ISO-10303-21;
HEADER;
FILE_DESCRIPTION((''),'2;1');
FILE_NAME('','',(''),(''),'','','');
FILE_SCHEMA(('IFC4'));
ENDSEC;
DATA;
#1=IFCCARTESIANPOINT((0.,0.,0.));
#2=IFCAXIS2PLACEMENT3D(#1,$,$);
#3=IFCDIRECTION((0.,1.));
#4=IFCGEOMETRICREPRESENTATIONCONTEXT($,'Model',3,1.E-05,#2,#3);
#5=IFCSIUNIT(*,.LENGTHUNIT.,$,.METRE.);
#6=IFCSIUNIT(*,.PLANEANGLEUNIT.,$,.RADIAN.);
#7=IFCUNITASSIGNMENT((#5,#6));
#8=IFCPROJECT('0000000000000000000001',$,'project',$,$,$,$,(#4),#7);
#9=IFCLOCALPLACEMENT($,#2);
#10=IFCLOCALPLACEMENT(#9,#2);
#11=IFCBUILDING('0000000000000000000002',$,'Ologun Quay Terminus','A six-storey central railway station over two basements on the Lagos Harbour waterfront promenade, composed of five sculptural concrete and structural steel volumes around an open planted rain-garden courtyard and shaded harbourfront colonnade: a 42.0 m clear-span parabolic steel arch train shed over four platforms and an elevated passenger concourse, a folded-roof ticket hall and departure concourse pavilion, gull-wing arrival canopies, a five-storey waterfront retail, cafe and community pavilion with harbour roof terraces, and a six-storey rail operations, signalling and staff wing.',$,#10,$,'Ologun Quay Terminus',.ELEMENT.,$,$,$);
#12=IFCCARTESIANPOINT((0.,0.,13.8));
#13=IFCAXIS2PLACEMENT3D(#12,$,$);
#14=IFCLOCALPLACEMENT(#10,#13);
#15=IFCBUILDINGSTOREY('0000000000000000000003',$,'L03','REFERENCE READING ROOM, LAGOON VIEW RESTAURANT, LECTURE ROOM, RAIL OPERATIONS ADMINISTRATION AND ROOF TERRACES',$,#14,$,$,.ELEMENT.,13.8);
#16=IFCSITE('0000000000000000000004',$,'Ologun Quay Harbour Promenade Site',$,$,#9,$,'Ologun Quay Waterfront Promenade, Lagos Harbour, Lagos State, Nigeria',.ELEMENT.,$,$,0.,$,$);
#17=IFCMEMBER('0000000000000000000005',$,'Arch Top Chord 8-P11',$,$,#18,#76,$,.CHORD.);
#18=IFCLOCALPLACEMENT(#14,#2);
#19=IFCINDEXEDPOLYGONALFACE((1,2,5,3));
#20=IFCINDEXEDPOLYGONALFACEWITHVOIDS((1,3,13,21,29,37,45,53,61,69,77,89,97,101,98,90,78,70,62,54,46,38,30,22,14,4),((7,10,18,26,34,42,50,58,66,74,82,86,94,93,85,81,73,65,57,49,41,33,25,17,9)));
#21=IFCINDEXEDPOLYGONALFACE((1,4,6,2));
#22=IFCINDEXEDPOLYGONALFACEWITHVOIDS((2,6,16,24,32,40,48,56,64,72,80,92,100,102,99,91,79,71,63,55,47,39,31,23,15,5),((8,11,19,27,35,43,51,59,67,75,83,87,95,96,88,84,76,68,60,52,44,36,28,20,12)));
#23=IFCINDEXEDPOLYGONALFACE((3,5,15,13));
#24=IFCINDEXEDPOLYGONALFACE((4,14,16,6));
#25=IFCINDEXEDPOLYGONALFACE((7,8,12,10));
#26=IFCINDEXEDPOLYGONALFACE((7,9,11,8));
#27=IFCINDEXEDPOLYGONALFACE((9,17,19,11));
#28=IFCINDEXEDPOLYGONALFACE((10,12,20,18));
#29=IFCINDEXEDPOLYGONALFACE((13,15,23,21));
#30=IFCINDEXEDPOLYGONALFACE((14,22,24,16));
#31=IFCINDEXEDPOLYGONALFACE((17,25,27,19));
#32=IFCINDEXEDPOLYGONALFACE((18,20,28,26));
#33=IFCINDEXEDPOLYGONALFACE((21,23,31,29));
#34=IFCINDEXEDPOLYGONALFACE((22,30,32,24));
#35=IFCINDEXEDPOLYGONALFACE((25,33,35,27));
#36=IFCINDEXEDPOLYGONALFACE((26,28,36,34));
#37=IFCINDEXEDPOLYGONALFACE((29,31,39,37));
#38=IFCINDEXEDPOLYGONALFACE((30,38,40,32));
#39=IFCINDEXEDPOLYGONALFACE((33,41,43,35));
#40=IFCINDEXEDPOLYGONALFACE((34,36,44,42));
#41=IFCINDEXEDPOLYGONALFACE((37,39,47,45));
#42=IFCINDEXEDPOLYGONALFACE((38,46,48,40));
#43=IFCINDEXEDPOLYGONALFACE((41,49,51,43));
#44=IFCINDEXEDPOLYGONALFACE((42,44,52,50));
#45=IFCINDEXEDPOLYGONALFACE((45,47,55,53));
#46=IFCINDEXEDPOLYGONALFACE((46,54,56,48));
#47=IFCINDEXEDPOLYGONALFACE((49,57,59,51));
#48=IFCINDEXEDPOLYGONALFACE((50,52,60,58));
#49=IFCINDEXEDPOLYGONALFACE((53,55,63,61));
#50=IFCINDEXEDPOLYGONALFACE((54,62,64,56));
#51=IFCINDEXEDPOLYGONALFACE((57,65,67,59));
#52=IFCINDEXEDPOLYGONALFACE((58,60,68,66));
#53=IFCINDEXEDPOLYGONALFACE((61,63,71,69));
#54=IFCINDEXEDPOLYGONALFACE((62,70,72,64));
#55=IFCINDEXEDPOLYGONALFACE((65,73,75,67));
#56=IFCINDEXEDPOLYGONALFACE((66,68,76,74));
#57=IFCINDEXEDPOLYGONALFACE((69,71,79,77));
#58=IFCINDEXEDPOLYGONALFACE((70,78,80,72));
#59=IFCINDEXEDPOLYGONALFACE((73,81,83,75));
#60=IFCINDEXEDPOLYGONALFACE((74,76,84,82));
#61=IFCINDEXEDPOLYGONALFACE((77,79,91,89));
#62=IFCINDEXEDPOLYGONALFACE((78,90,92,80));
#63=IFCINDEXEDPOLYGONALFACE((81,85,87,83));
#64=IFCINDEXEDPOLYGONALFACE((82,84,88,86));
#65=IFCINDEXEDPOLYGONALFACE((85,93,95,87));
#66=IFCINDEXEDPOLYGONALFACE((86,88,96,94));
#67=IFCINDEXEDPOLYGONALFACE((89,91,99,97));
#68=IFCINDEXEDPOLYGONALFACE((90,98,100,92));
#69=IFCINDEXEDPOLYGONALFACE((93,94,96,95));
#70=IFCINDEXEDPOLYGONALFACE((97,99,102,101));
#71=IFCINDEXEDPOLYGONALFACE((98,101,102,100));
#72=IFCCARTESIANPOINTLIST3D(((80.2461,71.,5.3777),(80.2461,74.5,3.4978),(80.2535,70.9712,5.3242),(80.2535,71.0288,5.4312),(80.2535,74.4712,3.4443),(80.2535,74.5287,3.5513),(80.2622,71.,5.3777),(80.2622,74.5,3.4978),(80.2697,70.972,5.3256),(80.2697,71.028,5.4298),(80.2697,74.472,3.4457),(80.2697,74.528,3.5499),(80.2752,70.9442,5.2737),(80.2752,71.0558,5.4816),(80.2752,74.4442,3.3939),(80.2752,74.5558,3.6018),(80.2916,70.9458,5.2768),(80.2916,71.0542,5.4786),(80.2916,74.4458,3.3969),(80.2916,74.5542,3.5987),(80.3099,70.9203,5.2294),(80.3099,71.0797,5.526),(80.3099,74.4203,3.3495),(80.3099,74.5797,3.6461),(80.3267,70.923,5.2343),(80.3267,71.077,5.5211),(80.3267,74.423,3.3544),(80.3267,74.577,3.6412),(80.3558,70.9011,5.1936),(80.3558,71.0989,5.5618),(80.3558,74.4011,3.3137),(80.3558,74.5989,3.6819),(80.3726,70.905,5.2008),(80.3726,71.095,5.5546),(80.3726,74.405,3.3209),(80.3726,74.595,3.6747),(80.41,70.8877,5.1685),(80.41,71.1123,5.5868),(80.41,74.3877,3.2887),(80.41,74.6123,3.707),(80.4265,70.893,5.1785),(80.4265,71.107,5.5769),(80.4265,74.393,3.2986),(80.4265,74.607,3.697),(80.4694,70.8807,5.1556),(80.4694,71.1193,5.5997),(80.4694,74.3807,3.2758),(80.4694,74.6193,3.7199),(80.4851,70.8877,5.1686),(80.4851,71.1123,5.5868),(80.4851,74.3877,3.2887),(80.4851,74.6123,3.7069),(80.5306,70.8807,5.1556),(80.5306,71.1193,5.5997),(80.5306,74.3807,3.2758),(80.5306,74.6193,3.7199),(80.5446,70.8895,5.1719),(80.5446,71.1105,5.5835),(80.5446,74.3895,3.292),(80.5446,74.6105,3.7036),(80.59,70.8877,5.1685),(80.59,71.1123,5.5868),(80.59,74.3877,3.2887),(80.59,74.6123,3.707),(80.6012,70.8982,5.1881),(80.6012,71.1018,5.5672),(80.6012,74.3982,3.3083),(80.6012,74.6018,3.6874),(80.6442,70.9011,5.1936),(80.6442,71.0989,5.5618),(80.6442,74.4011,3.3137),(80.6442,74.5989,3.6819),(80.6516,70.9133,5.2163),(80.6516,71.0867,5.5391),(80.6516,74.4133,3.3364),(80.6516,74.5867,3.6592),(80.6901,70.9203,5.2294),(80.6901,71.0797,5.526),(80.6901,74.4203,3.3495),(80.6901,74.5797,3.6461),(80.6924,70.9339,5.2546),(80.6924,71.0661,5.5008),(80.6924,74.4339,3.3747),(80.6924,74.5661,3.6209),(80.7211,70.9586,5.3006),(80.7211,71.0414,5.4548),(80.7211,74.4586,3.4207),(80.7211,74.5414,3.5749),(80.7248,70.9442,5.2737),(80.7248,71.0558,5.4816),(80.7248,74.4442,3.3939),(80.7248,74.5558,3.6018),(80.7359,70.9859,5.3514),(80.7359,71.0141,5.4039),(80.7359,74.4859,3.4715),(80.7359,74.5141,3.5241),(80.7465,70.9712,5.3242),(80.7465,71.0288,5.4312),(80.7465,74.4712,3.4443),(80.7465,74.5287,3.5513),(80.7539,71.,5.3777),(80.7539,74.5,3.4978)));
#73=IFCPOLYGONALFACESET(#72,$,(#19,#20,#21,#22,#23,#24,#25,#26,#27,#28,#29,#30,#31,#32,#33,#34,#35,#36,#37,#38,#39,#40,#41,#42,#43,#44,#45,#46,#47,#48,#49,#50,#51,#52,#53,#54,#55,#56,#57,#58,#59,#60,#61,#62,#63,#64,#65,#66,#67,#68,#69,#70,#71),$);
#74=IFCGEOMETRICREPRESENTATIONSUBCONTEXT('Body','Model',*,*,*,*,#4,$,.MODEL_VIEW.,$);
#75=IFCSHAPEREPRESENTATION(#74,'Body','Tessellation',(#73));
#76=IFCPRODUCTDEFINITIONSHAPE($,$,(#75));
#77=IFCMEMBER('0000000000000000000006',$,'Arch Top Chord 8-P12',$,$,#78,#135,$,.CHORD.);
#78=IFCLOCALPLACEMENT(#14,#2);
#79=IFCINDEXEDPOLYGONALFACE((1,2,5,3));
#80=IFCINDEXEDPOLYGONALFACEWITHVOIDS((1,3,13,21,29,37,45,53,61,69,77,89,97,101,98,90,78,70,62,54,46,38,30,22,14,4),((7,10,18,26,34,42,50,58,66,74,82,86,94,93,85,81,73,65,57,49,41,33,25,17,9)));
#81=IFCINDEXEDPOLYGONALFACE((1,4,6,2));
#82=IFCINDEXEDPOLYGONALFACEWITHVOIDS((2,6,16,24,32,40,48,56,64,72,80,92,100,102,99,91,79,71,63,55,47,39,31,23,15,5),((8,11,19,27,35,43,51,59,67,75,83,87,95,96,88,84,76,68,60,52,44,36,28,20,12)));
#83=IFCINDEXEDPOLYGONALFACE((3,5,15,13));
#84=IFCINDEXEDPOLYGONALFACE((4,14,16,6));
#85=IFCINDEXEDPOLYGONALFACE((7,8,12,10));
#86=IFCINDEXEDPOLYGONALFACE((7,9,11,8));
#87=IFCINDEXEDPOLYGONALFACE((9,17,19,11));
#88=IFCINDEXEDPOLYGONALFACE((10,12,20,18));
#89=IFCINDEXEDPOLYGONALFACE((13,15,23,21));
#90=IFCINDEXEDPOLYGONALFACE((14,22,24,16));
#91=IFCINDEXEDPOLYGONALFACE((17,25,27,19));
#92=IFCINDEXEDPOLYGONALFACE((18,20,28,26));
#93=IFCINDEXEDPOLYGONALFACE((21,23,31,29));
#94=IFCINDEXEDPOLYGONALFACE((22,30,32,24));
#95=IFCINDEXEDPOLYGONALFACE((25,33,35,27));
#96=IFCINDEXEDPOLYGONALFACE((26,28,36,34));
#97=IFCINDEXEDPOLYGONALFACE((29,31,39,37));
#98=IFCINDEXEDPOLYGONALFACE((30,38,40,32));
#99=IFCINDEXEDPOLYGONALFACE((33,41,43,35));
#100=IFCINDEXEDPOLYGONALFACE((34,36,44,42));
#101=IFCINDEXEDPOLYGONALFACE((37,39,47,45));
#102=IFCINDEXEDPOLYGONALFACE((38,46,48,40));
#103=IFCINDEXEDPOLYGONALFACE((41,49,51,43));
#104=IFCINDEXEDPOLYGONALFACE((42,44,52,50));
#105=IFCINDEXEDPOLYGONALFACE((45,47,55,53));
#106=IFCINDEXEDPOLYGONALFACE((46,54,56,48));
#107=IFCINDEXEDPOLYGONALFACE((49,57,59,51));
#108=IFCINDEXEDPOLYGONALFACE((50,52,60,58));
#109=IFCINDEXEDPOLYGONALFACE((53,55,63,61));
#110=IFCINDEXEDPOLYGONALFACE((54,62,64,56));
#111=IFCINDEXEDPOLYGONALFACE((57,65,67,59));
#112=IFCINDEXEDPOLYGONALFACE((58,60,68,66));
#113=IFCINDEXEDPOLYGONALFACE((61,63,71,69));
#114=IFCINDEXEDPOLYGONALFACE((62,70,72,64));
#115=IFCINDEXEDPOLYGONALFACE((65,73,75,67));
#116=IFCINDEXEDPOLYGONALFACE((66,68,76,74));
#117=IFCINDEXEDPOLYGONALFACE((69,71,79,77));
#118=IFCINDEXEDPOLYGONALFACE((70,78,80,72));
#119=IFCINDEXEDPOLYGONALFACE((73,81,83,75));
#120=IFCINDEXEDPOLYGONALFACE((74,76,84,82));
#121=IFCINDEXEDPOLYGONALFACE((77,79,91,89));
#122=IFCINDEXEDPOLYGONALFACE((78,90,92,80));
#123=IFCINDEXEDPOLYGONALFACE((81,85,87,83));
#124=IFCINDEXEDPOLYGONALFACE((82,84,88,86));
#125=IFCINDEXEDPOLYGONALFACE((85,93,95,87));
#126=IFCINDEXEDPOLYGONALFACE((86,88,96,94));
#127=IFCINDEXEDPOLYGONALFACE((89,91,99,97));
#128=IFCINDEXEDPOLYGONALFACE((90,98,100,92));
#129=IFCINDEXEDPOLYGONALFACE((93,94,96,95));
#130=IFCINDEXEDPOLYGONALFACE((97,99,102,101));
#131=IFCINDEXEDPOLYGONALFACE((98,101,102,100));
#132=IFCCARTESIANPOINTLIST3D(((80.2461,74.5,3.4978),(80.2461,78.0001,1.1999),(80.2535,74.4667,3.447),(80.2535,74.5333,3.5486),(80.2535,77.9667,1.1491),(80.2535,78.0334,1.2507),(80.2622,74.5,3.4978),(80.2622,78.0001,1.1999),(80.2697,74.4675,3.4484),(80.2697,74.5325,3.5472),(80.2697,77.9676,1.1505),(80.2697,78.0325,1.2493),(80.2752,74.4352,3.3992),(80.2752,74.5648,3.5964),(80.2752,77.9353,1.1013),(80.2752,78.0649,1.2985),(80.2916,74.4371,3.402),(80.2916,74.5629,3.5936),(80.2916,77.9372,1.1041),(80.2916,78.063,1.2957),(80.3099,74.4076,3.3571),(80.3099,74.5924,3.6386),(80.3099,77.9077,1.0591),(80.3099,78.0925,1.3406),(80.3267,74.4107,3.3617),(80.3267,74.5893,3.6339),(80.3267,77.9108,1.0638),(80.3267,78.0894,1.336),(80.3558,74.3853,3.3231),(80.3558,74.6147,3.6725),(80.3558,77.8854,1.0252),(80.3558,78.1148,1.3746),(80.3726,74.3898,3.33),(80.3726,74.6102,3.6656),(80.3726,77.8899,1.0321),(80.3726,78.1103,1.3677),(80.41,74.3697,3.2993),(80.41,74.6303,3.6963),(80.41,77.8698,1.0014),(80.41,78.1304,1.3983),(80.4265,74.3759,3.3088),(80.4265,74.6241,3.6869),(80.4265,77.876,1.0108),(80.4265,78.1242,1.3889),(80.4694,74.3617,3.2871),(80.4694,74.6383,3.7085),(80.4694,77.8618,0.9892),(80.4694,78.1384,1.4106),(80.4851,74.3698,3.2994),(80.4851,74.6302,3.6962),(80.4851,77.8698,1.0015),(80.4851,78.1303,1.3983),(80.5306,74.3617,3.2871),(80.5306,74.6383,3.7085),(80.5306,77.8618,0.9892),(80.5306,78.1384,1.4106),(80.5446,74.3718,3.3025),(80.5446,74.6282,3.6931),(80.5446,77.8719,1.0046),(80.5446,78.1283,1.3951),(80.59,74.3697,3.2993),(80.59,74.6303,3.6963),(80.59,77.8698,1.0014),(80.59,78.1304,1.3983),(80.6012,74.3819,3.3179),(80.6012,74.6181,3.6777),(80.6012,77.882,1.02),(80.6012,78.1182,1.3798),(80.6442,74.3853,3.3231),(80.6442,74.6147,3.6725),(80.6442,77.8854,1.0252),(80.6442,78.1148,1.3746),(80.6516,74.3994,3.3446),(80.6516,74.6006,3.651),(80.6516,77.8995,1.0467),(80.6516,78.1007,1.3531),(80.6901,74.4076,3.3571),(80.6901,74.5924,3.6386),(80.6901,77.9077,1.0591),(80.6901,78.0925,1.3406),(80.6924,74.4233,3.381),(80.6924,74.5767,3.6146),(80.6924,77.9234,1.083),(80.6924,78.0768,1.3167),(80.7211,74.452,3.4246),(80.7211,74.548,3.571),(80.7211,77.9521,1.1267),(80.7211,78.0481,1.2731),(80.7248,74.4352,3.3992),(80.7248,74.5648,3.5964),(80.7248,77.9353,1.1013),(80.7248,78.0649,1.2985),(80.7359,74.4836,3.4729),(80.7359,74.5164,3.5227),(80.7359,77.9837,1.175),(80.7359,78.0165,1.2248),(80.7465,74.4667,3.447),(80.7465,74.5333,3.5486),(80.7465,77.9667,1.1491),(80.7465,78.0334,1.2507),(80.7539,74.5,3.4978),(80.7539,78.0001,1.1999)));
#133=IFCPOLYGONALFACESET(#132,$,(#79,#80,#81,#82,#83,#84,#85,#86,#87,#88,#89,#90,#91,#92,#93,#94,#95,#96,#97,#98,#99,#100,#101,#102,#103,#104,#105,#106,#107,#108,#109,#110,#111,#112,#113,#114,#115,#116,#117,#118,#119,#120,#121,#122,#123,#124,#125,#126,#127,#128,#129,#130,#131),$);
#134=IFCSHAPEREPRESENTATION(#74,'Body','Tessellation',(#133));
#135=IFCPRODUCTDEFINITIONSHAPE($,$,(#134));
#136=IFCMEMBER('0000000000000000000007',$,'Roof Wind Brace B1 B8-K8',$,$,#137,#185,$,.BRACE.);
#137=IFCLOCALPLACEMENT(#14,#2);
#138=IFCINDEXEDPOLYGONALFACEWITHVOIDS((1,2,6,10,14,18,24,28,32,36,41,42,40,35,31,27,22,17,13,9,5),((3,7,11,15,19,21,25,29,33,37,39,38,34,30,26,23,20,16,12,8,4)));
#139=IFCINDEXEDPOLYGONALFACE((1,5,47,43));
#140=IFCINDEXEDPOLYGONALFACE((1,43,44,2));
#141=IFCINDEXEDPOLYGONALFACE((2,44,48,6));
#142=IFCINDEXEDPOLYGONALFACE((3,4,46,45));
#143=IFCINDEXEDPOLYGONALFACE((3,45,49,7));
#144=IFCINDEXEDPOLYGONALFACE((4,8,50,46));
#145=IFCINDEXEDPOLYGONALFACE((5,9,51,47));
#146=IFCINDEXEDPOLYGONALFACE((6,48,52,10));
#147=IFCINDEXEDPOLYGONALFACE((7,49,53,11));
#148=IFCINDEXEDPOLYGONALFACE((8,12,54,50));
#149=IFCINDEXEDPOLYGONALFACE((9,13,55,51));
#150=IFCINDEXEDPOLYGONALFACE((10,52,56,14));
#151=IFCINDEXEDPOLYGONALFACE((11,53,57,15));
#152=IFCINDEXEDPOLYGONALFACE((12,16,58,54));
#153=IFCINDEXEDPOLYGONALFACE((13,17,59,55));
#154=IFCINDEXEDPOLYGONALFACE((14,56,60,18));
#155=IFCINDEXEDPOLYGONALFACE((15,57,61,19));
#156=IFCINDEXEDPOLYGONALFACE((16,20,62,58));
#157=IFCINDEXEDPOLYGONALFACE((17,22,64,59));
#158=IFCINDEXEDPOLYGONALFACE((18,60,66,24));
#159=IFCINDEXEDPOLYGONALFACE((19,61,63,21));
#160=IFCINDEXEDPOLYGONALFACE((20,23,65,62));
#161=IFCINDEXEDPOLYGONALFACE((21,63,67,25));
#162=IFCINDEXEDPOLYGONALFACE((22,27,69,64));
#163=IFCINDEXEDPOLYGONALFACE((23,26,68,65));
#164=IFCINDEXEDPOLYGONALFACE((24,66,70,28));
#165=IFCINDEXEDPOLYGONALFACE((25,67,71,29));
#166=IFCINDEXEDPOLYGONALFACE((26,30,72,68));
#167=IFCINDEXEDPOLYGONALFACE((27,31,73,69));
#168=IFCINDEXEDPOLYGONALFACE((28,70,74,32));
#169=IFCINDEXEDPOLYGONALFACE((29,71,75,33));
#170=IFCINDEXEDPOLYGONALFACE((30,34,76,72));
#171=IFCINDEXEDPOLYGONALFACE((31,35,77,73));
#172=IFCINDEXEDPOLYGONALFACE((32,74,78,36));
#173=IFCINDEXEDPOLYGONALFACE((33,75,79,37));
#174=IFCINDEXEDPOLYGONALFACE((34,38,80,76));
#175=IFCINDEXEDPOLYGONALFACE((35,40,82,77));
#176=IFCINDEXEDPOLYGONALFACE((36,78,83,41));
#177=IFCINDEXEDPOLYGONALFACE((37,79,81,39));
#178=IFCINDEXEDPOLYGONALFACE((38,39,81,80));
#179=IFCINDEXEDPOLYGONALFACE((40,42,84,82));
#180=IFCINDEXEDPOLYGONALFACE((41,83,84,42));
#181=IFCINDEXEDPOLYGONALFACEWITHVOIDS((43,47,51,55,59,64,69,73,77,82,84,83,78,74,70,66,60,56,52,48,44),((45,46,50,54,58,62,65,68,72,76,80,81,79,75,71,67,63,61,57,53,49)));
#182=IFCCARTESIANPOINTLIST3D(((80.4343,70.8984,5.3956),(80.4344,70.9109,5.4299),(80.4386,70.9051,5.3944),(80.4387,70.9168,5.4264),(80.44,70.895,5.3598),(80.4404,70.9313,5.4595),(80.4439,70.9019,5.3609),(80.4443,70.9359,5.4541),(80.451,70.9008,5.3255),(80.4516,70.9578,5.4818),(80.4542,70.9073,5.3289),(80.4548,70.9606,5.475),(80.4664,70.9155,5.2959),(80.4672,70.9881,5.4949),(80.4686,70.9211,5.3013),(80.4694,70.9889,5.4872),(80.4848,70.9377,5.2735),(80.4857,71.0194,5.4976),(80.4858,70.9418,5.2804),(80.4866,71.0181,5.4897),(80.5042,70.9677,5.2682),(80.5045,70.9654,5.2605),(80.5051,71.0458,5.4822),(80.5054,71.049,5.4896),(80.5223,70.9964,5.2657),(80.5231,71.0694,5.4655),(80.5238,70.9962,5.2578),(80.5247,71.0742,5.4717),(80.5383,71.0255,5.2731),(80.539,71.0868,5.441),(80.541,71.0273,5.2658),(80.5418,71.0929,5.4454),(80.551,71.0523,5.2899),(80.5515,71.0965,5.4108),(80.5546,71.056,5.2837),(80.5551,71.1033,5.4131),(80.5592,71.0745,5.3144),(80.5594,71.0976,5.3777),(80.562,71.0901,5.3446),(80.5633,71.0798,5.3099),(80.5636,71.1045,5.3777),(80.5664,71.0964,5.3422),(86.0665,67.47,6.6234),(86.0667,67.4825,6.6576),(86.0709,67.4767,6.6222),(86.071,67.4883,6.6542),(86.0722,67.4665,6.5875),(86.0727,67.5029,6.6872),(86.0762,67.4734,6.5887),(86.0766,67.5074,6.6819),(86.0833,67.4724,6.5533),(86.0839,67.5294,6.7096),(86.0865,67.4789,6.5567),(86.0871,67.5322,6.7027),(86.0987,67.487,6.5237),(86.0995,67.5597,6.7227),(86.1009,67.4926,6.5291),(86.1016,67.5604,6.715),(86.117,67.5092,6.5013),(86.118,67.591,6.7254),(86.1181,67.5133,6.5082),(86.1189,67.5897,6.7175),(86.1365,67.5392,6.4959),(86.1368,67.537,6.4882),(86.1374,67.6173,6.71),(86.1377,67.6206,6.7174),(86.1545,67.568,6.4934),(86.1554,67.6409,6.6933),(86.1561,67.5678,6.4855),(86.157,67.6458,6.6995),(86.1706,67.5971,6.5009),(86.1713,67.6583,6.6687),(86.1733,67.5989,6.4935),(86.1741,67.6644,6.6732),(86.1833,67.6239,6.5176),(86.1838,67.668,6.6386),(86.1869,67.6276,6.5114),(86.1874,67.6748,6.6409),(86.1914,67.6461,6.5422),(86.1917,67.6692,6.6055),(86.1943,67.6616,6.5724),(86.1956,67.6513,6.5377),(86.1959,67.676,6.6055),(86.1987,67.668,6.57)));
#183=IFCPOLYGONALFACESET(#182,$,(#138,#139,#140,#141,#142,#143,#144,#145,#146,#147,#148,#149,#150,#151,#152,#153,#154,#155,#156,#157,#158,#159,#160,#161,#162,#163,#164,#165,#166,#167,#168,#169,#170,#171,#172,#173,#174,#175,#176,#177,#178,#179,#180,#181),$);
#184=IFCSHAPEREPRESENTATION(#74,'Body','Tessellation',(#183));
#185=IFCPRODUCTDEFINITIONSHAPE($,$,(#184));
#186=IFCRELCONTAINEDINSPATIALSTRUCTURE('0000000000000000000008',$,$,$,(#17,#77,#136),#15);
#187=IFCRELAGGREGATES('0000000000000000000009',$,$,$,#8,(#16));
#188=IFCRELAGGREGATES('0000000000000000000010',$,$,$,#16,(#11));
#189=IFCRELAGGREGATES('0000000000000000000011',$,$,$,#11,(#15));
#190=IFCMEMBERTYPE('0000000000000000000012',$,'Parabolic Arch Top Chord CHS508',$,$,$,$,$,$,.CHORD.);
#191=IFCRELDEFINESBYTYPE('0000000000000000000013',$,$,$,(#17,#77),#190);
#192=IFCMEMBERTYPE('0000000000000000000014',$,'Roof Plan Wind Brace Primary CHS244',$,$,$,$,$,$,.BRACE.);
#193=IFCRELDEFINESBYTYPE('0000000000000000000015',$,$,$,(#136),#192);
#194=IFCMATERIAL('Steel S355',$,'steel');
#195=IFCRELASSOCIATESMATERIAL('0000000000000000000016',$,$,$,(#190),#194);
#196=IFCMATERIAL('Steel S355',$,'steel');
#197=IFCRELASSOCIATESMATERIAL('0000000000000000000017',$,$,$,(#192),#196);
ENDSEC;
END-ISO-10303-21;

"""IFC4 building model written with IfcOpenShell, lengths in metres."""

from ifc_helpers import new_model, si_unit, direction, frame, origin, origin_2d, place, context, subcontext, project, spatial, hollow_circle, extrude, material, material_profile, profile_set, type_object, element, save


model = new_model("IFC4")

# Units and contexts
model_context = context("Model", 3, precision=1e-05, world=origin(), true_north=direction((0.0, 1.0)))
body_context = subcontext(model_context, "Body", "Model", "MODEL_VIEW")
ifc_project = project(units=[si_unit("LENGTHUNIT", "METRE"), si_unit("PLANEANGLEUNIT", "RADIAN")], contexts=[model_context])

# Site, building, storey
site_placement = place(None, origin())
site = spatial("IfcSite", under=ifc_project, at=site_placement, Name="Ologun Quay Harbour Promenade Site", LongName="Ologun Quay Waterfront Promenade, Lagos Harbour, Lagos State, Nigeria", CompositionType="ELEMENT", RefElevation=0.0)
building_placement = place(site_placement, origin())
building = spatial("IfcBuilding", under=site, at=building_placement, Name="Ologun Quay Terminus", Description="A six-storey central railway station over two basements on the Lagos Harbour waterfront promenade, composed of five sculptural concrete and structural steel volumes around an open planted rain-garden courtyard and shaded harbourfront colonnade: a 42.0 m clear-span parabolic steel arch train shed over four platforms and an elevated passenger concourse, a folded-roof ticket hall and departure concourse pavilion, gull-wing arrival canopies, a five-storey waterfront retail, cafe and community pavilion with harbour roof terraces, and a six-storey rail operations, signalling and staff wing.", LongName="Ologun Quay Terminus", CompositionType="ELEMENT")
storey_placement = place(building_placement, frame((0.0, 0.0, 13.8)))
storey = spatial("IfcBuildingStorey", under=building, at=storey_placement, Name="L03", Description="REFERENCE READING ROOM, LAGOON VIEW RESTAURANT, LECTURE ROOM, RAIL OPERATIONS ADMINISTRATION AND ROOF TERRACES", CompositionType="ELEMENT", Elevation=13.8)

# Members
ifc_material_1 = material(Name="Steel S355", Category="steel")
ifc_material_profile_1 = material_profile(ifc_material_1, hollow_circle(Radius=0.2539, WallThickness=0.0161, at=origin_2d()), Name="CHS 508x16")
ifc_profile_set_1 = profile_set([ifc_material_profile_1], Name="Steel S355")
member_type_1 = type_object("IfcMemberType", Name="Parabolic Arch Top Chord CHS508", PredefinedType="CHORD", material=ifc_profile_set_1)
member_1_placement = place(storey_placement, frame((80.5, 71.0, 5.3777), z_axis=(0.0, 0.880968, -0.473176), x_axis=(-1.0, 0.0, 0.0)))
element("IfcMember", 1, at=member_1_placement, inside=storey, type_object=member_type_1, Name="Arch Top Chord 8-P11", PredefinedType="CHORD", context=body_context, shape_type="SweptSolid", body=[
    extrude(hollow_circle(Radius=0.2539, WallThickness=0.0161, at=origin_2d()), origin(), (0.0, 0.0, 1.0), 3.9729),
])
member_2_placement = place(storey_placement, frame((80.5, 74.5, 3.4978), z_axis=(0.0, 0.835941, -0.548819), x_axis=(-1.0, 0.0, 0.0)))
element("IfcMember", 2, at=member_2_placement, inside=storey, type_object=member_type_1, Name="Arch Top Chord 8-P12", PredefinedType="CHORD", context=body_context, shape_type="SweptSolid", body=[
    extrude(hollow_circle(Radius=0.2539, WallThickness=0.0161, at=origin_2d()), origin(), (0.0, 0.0, 1.0), 4.187),
])
ifc_material_2 = material(Name="Steel S355", Category="steel")
ifc_material_profile_2 = material_profile(ifc_material_2, hollow_circle(Radius=0.1223, WallThickness=0.0081, at=origin_2d()), Name="CHS 244.5x8")
ifc_profile_set_2 = profile_set([ifc_material_profile_2], Name="Steel S355")
member_type_2 = type_object("IfcMemberType", Name="Roof Plan Wind Brace Primary CHS244", PredefinedType="BRACE", material=ifc_profile_set_2)
member_3_placement = place(storey_placement, frame((80.5, 71.0, 5.3777), z_axis=(0.839758, -0.511171, 0.183058), x_axis=(0.519958, 0.854192, 0.0)))
element("IfcMember", 3, at=member_3_placement, inside=storey, type_object=member_type_2, Name="Roof Wind Brace B1 B8-K8", PredefinedType="BRACE", context=body_context, shape_type="SweptSolid", body=[
    extrude(hollow_circle(Radius=0.1223, WallThickness=0.0081, at=origin_2d()), origin(), (0.0, 0.0, 1.0), 6.707),
])

save(model, "model.ifc")
